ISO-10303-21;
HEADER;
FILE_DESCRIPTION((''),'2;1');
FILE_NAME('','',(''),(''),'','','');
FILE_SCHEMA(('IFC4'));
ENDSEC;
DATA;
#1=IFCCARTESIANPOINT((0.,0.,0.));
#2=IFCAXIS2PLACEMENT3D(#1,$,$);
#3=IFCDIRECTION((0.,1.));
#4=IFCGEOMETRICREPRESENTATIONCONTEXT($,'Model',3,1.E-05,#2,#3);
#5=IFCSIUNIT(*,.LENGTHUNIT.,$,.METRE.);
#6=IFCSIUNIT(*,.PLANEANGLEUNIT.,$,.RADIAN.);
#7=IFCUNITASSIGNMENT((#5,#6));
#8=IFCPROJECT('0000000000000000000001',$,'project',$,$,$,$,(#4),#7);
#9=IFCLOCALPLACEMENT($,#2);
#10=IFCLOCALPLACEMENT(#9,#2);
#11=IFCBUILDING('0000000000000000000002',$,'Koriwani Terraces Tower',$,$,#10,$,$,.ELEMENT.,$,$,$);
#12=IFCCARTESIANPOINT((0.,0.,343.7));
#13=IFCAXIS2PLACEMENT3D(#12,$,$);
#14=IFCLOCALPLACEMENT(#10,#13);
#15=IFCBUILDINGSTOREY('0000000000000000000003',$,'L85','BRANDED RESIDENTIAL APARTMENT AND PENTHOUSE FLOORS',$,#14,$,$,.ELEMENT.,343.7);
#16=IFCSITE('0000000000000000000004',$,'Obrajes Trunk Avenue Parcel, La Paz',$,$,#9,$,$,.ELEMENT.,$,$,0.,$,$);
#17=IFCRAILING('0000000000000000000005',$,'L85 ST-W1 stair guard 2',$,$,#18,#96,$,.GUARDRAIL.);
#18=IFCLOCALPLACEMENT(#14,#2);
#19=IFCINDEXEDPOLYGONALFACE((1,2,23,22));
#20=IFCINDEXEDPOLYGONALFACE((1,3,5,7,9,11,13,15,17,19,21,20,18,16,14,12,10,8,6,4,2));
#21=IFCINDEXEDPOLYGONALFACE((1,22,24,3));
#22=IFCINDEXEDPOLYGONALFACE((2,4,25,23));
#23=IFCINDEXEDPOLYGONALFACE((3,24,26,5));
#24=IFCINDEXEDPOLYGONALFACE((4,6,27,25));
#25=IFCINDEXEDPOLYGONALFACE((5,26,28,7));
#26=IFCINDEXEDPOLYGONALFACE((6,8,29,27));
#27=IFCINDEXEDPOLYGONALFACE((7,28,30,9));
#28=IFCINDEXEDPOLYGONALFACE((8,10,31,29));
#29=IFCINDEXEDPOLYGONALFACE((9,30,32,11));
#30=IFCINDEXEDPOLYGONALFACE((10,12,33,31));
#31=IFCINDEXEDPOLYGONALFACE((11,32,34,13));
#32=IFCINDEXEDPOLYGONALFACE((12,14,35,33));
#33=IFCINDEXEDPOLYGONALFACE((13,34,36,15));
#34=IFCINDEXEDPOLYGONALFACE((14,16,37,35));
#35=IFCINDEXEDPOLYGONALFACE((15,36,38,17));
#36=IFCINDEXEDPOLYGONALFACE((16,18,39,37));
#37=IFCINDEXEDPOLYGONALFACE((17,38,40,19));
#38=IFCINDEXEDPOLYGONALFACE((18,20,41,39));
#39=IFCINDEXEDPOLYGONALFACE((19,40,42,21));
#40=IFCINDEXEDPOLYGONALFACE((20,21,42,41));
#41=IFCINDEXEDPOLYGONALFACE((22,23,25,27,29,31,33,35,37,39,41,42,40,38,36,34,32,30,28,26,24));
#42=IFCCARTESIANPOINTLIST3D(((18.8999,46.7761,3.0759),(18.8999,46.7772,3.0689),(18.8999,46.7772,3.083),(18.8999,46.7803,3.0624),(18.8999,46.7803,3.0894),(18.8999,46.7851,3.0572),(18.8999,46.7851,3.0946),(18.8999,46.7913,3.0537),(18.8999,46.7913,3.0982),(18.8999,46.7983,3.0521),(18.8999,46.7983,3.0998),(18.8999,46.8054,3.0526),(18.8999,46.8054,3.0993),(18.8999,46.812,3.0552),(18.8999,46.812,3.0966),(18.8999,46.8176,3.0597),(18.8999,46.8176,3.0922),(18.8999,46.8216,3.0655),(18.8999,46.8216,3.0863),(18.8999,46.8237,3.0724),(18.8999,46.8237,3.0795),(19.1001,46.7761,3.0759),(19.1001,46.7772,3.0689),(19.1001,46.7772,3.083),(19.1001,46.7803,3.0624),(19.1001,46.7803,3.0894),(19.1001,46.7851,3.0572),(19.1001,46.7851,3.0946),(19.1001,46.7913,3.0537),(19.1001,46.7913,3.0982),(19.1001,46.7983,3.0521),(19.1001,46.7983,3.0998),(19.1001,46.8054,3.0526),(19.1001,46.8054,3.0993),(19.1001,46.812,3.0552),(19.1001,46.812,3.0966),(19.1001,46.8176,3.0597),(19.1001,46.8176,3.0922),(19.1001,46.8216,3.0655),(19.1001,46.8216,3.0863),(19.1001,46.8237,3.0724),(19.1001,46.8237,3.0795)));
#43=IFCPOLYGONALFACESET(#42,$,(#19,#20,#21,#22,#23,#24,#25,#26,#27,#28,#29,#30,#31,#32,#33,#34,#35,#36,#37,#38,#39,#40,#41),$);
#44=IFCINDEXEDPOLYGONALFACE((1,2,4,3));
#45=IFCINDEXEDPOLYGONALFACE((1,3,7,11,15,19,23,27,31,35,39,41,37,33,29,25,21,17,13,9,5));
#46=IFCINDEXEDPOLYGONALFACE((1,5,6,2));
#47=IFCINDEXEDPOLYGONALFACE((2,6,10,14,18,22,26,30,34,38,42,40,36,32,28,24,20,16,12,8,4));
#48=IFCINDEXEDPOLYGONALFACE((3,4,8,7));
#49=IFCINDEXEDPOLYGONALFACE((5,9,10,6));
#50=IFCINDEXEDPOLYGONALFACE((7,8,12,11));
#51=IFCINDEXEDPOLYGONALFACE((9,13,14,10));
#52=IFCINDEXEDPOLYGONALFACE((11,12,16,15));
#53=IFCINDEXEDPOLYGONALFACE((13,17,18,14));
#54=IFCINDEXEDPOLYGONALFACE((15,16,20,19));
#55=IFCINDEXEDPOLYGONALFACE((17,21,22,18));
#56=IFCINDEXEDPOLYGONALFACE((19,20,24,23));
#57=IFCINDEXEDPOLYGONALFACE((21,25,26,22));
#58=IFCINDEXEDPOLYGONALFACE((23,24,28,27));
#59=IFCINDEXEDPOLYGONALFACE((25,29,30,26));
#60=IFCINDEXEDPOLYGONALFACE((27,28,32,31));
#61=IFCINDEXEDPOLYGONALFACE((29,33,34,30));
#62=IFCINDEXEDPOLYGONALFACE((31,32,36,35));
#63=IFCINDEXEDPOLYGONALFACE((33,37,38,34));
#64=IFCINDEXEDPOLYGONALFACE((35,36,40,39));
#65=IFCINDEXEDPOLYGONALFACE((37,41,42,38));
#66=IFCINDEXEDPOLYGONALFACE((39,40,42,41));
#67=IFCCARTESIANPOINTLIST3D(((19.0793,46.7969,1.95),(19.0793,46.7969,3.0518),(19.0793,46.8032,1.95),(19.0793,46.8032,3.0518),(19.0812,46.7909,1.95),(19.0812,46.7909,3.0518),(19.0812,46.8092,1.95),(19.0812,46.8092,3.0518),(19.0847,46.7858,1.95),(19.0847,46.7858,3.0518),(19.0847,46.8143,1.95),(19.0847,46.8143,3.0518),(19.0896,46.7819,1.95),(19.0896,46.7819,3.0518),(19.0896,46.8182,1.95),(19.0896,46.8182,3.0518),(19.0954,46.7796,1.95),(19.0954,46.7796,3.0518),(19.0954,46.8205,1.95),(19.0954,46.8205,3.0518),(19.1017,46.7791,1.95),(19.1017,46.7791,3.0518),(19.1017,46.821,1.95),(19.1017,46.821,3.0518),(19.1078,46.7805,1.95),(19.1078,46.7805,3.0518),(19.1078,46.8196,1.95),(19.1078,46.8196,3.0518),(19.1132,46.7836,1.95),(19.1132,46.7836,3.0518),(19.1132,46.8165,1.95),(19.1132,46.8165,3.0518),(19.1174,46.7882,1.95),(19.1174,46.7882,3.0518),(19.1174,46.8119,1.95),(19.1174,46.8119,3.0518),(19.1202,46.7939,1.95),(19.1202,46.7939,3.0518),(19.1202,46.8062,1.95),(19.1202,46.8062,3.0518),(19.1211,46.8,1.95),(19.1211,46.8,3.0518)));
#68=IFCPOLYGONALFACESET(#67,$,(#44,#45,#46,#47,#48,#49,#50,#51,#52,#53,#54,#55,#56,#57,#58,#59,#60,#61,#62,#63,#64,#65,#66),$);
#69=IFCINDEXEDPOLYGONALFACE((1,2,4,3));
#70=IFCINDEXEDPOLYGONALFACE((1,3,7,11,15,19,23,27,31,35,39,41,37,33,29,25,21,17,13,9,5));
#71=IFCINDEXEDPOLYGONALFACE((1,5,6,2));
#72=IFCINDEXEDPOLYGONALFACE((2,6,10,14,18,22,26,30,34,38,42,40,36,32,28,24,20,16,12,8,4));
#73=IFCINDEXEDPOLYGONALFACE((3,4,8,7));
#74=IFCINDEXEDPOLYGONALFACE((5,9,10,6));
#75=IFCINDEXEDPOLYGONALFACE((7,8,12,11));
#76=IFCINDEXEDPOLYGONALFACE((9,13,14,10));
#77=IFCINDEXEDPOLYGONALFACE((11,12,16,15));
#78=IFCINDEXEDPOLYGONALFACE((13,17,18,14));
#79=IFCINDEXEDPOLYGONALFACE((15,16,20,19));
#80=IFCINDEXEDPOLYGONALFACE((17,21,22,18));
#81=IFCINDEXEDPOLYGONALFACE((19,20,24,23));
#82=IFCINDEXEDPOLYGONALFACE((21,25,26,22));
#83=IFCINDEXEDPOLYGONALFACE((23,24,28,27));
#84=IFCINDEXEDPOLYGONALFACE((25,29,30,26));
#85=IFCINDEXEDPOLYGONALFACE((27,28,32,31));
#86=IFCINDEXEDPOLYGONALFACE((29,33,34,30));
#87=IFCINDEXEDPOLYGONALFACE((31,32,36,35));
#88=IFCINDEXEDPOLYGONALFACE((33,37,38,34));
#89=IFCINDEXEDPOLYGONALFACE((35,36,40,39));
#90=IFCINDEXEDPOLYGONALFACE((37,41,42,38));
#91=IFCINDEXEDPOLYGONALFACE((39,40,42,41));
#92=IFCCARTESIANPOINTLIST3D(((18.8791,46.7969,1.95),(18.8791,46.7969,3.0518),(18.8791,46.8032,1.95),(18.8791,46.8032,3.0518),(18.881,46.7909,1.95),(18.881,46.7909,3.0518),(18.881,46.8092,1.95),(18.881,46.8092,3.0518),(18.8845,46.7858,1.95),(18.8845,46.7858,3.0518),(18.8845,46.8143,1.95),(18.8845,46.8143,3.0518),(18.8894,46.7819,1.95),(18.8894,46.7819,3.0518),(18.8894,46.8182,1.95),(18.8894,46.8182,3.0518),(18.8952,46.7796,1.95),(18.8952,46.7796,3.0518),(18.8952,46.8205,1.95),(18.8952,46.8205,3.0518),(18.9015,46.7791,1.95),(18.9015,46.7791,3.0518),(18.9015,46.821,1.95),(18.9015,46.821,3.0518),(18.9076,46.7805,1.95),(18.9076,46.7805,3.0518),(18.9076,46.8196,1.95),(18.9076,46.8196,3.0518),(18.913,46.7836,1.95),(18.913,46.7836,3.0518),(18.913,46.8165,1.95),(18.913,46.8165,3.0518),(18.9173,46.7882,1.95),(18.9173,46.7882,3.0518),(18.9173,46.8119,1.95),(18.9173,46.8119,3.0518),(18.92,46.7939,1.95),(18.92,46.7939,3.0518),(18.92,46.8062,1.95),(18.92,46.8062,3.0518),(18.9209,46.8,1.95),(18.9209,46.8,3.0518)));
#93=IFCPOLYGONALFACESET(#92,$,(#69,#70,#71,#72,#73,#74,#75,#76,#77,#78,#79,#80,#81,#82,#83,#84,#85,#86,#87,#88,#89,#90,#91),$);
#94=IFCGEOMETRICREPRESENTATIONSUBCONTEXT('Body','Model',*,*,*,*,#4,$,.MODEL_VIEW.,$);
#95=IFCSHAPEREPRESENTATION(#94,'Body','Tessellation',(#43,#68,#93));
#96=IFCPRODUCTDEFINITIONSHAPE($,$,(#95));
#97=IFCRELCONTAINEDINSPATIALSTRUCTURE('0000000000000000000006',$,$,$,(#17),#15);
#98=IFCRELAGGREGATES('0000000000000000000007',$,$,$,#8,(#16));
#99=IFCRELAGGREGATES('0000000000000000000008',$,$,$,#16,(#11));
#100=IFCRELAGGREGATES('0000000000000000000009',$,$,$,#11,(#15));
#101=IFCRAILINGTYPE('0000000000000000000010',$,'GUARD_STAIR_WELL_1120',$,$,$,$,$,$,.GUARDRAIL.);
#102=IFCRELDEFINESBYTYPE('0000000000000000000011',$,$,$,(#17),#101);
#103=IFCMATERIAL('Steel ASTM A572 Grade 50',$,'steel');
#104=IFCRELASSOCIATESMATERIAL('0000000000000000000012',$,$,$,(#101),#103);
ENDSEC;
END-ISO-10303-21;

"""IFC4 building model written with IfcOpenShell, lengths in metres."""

from ifc_helpers import new_model, si_unit, direction, frame, origin, origin_2d, place, context, subcontext, project, spatial, circle, extrude, material, type_object, element, save


model = new_model("IFC4")

# Units and contexts
model_context = context("Model", 3, precision=1e-05, world=origin(), true_north=direction((0.0, 1.0)))
body_context = subcontext(model_context, "Body", "Model", "MODEL_VIEW")
ifc_project = project(units=[si_unit("LENGTHUNIT", "METRE"), si_unit("PLANEANGLEUNIT", "RADIAN")], contexts=[model_context])

# Site, building, storey
site_placement = place(None, origin())
site = spatial("IfcSite", under=ifc_project, at=site_placement, Name="Obrajes Trunk Avenue Parcel, La Paz", CompositionType="ELEMENT", RefElevation=0.0)
building_placement = place(site_placement, origin())
building = spatial("IfcBuilding", under=site, at=building_placement, Name="Koriwani Terraces Tower", CompositionType="ELEMENT")
storey_placement = place(building_placement, frame((0.0, 0.0, 343.7)))
storey = spatial("IfcBuildingStorey", under=building, at=storey_placement, Name="L85", Description="BRANDED RESIDENTIAL APARTMENT AND PENTHOUSE FLOORS", CompositionType="ELEMENT", Elevation=343.7)

# Shared definitions
ifc_material_1 = material(Name="Steel ASTM A572 Grade 50", Category="steel")

# Railing
railing_type_1 = type_object("IfcRailingType", Name="GUARD_STAIR_WELL_1120", PredefinedType="GUARDRAIL", material=ifc_material_1)
railing_1_placement = place(storey_placement, frame((19.1001, 46.8, 1.95)))
element("IfcRailing", 1, at=railing_1_placement, inside=storey, type_object=railing_type_1, Name="L85 ST-W1 stair guard 2", PredefinedType="GUARDRAIL", context=body_context, shape_type="SweptSolid", body=[
    extrude(circle(Radius=0.0239, at=origin_2d()), frame((0.0, 0.0, 1.126), z_axis=(-1.0, 0.0, 0.0), x_axis=(0.0, -1.0, 0.0)), (0.0, 0.0, 1.0), 0.2002),
    extrude(circle(Radius=0.021, at=origin_2d()), origin(), (0.0, 0.0, 1.0), 1.1018),
    extrude(circle(Radius=0.021, at=origin_2d()), frame((-0.2002, 0.0, 0.0)), (0.0, 0.0, 1.0), 1.1018),
])

save(model, "model.ifc")
